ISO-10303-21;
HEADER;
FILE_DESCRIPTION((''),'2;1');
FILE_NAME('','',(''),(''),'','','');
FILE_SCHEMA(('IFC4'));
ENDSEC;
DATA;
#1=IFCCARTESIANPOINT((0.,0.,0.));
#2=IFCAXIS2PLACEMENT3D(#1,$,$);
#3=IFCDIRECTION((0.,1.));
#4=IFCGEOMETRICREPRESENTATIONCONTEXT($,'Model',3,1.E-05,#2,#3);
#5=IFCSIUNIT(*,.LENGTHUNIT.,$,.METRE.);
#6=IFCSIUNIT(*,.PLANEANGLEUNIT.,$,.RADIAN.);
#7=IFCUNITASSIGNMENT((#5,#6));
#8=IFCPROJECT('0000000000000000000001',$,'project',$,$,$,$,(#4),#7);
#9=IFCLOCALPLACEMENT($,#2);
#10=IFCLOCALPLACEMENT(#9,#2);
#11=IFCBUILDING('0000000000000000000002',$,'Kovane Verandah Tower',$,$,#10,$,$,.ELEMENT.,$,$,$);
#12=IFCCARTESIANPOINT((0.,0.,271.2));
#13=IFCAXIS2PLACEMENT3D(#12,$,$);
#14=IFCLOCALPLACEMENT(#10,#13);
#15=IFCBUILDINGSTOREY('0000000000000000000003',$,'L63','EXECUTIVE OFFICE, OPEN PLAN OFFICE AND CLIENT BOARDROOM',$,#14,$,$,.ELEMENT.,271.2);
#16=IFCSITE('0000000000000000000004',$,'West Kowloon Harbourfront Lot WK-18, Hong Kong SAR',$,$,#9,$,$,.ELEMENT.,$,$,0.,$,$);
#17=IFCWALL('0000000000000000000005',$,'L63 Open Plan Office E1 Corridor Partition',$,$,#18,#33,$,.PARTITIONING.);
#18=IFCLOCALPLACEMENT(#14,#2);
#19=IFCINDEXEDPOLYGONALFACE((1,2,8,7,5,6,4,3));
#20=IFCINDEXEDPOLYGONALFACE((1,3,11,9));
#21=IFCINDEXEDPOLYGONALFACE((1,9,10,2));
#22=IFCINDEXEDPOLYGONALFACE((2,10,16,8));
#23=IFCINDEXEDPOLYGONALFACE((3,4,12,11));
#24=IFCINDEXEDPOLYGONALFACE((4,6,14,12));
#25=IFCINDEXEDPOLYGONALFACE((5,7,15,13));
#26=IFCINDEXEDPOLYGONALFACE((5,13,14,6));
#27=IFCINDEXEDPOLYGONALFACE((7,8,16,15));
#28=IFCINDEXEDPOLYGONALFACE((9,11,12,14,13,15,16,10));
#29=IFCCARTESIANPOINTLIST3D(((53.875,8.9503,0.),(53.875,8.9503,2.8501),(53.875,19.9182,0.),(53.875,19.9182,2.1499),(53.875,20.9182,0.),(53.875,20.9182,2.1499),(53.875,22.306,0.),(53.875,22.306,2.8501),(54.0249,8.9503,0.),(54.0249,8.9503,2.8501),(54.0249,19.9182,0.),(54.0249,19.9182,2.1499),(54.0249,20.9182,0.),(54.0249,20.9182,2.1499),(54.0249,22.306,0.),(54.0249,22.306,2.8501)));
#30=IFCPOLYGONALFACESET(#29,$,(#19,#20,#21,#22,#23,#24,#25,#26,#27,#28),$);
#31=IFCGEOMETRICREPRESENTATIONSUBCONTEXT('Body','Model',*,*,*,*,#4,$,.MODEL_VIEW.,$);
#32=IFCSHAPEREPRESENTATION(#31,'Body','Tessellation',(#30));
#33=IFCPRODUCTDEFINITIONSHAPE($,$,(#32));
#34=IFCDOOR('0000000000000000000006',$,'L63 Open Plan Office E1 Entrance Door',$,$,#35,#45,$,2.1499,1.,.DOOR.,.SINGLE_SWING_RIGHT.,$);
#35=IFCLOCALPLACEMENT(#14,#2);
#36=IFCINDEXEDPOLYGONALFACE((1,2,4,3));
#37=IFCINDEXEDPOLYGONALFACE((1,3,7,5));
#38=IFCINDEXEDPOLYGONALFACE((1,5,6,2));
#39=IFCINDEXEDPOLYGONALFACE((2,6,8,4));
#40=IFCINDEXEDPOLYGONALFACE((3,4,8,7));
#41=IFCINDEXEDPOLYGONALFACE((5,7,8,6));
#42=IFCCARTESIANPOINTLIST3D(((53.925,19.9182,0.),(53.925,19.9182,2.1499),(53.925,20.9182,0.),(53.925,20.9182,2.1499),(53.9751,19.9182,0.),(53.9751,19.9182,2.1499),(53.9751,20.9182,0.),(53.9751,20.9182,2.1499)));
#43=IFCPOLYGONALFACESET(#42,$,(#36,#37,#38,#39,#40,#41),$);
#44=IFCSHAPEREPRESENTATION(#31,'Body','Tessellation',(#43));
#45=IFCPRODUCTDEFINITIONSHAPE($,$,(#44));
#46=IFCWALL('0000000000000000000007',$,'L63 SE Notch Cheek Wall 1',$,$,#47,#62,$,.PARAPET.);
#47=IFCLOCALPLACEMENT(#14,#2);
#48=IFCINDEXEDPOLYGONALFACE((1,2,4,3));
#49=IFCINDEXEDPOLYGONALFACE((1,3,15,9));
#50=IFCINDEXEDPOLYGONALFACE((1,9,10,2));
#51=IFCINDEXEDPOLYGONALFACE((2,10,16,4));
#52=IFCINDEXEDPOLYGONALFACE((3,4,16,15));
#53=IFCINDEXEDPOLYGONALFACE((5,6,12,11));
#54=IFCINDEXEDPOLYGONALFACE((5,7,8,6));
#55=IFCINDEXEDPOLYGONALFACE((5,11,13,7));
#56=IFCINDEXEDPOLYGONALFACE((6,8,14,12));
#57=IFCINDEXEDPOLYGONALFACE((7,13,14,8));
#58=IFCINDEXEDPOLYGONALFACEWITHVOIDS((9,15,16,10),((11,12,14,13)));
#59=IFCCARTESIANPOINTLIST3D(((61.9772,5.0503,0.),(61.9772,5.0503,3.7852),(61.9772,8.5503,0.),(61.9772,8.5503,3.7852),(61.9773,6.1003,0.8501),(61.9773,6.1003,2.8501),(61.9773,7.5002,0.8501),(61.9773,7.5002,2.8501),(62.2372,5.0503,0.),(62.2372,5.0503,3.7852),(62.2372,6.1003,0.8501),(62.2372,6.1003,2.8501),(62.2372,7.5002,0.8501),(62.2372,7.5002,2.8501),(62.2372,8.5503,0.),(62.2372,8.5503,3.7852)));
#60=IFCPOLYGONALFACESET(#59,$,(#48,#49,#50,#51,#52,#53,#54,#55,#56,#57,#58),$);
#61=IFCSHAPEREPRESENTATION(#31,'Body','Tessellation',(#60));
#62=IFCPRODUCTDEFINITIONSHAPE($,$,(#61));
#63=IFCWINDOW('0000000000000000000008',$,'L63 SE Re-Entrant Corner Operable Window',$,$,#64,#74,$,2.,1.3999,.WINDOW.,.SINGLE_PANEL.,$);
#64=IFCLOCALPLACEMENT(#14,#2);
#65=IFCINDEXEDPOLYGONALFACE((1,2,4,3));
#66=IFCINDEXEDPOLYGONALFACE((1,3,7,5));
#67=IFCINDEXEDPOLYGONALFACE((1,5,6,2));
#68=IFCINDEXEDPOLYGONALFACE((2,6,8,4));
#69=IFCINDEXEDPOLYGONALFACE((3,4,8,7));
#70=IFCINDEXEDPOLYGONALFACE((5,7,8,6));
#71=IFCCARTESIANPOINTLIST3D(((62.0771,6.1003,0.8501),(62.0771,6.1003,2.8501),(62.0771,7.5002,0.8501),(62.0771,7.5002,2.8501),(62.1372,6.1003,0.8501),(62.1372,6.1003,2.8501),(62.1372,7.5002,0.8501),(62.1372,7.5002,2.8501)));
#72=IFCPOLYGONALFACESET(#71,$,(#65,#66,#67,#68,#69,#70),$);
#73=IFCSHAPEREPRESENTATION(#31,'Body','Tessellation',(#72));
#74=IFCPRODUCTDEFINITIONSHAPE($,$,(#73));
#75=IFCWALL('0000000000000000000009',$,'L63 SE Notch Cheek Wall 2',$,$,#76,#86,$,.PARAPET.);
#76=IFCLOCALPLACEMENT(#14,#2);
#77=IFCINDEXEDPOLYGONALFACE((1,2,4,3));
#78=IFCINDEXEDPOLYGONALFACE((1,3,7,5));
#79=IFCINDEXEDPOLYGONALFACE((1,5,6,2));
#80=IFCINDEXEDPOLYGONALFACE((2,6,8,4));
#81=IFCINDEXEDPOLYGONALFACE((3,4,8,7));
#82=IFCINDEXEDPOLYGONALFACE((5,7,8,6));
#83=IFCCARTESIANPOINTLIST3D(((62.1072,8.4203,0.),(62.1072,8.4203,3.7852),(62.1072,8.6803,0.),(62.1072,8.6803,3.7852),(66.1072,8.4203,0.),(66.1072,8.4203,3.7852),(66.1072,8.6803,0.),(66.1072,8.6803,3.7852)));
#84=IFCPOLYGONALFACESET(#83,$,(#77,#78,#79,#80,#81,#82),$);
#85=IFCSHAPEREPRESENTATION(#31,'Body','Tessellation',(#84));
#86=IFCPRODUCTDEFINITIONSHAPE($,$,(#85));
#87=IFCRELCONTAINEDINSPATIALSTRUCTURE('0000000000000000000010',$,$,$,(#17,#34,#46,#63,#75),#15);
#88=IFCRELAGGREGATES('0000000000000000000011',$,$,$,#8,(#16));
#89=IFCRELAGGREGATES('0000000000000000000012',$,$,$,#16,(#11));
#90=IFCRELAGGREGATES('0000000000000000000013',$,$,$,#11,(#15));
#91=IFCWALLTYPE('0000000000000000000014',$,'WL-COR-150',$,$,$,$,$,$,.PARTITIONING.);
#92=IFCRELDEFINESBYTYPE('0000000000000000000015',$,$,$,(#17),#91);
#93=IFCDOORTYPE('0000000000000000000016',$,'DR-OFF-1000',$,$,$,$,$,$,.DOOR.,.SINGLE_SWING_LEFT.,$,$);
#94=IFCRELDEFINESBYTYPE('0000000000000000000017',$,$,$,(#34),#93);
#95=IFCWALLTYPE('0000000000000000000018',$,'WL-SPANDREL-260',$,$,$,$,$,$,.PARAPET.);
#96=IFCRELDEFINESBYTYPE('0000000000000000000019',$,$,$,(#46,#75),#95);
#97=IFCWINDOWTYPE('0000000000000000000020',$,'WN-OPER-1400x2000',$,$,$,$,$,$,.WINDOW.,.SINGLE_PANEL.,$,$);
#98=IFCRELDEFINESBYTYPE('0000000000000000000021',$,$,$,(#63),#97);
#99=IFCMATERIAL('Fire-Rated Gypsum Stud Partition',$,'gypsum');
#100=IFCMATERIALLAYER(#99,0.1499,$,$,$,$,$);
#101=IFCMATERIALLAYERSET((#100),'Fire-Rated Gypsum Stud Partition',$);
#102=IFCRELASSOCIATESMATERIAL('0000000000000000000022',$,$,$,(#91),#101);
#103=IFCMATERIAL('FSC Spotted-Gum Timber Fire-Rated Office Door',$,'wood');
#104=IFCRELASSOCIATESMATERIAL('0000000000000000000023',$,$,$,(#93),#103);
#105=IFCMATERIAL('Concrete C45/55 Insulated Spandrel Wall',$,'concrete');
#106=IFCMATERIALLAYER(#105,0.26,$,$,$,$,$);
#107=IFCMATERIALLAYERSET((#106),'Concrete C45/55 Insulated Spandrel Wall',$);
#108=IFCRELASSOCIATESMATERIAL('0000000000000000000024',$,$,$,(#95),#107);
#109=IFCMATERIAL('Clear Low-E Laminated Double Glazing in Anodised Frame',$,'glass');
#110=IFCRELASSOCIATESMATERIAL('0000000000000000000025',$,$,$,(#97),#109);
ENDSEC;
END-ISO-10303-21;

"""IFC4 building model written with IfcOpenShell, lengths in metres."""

from ifc_helpers import new_model, si_unit, direction, frame, frame_2d, origin, place, context, subcontext, project, spatial, rectangle, extrude, material, layer, layer_set, type_object, element, fill, save


model = new_model("IFC4")

# Units and contexts
model_context = context("Model", 3, precision=1e-05, world=origin(), true_north=direction((0.0, 1.0)))
body_context = subcontext(model_context, "Body", "Model", "MODEL_VIEW")
ifc_project = project(units=[si_unit("LENGTHUNIT", "METRE"), si_unit("PLANEANGLEUNIT", "RADIAN")], contexts=[model_context])

# Site, building, storey
site_placement = place(None, origin())
site = spatial("IfcSite", under=ifc_project, at=site_placement, Name="West Kowloon Harbourfront Lot WK-18, Hong Kong SAR", CompositionType="ELEMENT", RefElevation=0.0)
building_placement = place(site_placement, origin())
building = spatial("IfcBuilding", under=site, at=building_placement, Name="Kovane Verandah Tower", CompositionType="ELEMENT")
storey_placement = place(building_placement, frame((0.0, 0.0, 271.2)))
storey = spatial("IfcBuildingStorey", under=building, at=storey_placement, Name="L63", Description="EXECUTIVE OFFICE, OPEN PLAN OFFICE AND CLIENT BOARDROOM", CompositionType="ELEMENT", Elevation=271.2)

# Wall, opening, door
ifc_material_1 = material(Name="Fire-Rated Gypsum Stud Partition", Category="gypsum")
ifc_layer_1 = layer(ifc_material_1, 0.1499)
ifc_layer_set_1 = layer_set([ifc_layer_1], Name="Fire-Rated Gypsum Stud Partition")
wall_type_1 = type_object("IfcWallType", Name="WL-COR-150", PredefinedType="PARTITIONING", material=ifc_layer_set_1)
wall_1_placement = place(storey_placement, frame((53.95, 8.9504, 0.0), z_axis=(0.0, 0.0, 1.0), x_axis=(0.0, 1.0, 0.0)))
wall_1 = element("IfcWall", 1, at=wall_1_placement, inside=storey, type_object=wall_type_1, Name="L63 Open Plan Office E1 Corridor Partition", PredefinedType="PARTITIONING", context=body_context, shape_type="SweptSolid", body=[
    extrude(rectangle(XDim=13.3557, YDim=0.1499, at=frame_2d((6.6777, 0.0))), origin(), (0.0, 0.0, 1.0), 2.8501),
])
opening_1_placement = place(wall_1_placement, frame((10.9678, 0.0, 0.0)))
opening_1 = element("IfcOpeningElement", 2, at=opening_1_placement, cuts=wall_1, PredefinedType="OPENING", context=body_context, shape_type="SweptSolid", body=[
    extrude(rectangle(XDim=1.0, YDim=2.1499, at=frame_2d((0.5, 1.075))), frame((0.0, 0.075, 0.0), z_axis=(0.0, -1.0, 0.0), x_axis=(1.0, 0.0, 0.0)), (0.0, 0.0, 1.0), 0.1499),
])
ifc_material_2 = material(Name="FSC Spotted-Gum Timber Fire-Rated Office Door", Category="wood")
door_type_1 = type_object("IfcDoorType", Name="DR-OFF-1000", OperationType="SINGLE_SWING_LEFT", PredefinedType="DOOR", material=ifc_material_2)
door_1_placement = place(opening_1_placement, origin())
door_1 = element("IfcDoor", 3, at=door_1_placement, inside=storey, type_object=door_type_1, Name="L63 Open Plan Office E1 Entrance Door", OperationType="SINGLE_SWING_RIGHT", OverallHeight=2.1499, OverallWidth=1.0, PredefinedType="DOOR", context=body_context, shape_type="SweptSolid", body=[
    extrude(rectangle(XDim=1.0, YDim=2.1499, at=frame_2d((0.5, 1.075))), frame((0.0, 0.0249, 0.0), z_axis=(0.0, -1.0, 0.0), x_axis=(1.0, 0.0, 0.0)), (0.0, 0.0, 1.0), 0.05),
])
fill(opening_1, door_1)

# Shared definitions
ifc_material_3 = material(Name="Concrete C45/55 Insulated Spandrel Wall", Category="concrete")
ifc_layer_2 = layer(ifc_material_3, 0.26)
ifc_layer_set_2 = layer_set([ifc_layer_2], Name="Concrete C45/55 Insulated Spandrel Wall")
wall_type_2 = type_object("IfcWallType", Name="WL-SPANDREL-260", PredefinedType="PARAPET", material=ifc_layer_set_2)
ifc_material_4 = material(Name="Clear Low-E Laminated Double Glazing in Anodised Frame", Category="glass")

# Wall, opening, window
wall_2_placement = place(storey_placement, frame((62.1072, 5.0503, 0.0), z_axis=(0.0, 0.0, 1.0), x_axis=(0.0, 1.0, 0.0)))
wall_2 = element("IfcWall", 4, at=wall_2_placement, inside=storey, type_object=wall_type_2, Name="L63 SE Notch Cheek Wall 1", PredefinedType="PARAPET", context=body_context, shape_type="SweptSolid", body=[
    extrude(rectangle(XDim=3.5, YDim=0.26, at=frame_2d((1.75, 0.0))), origin(), (0.0, 0.0, 1.0), 3.7852),
])
opening_2_placement = place(wall_2_placement, frame((1.05, 0.0, 0.8501)))
opening_2 = element("IfcOpeningElement", 5, at=opening_2_placement, cuts=wall_2, PredefinedType="OPENING", context=body_context, shape_type="SweptSolid", body=[
    extrude(rectangle(XDim=1.3999, YDim=2.0, at=frame_2d((0.7, 1.0))), frame((0.0, 0.1299, 0.0), z_axis=(0.0, -1.0, 0.0), x_axis=(1.0, 0.0, 0.0)), (0.0, 0.0, 1.0), 0.26),
])
window_type_1 = type_object("IfcWindowType", Name="WN-OPER-1400x2000", PartitioningType="SINGLE_PANEL", PredefinedType="WINDOW", material=ifc_material_4)
window_1_placement = place(opening_2_placement, origin())
window_1 = element("IfcWindow", 6, at=window_1_placement, inside=storey, type_object=window_type_1, Name="L63 SE Re-Entrant Corner Operable Window", OverallHeight=2.0, OverallWidth=1.3999, PartitioningType="SINGLE_PANEL", PredefinedType="WINDOW", context=body_context, shape_type="SweptSolid", body=[
    extrude(rectangle(XDim=1.3999, YDim=2.0, at=frame_2d((0.7, 1.0))), frame((0.0, 0.03, 0.0), z_axis=(0.0, -1.0, 0.0), x_axis=(1.0, 0.0, 0.0)), (0.0, 0.0, 1.0), 0.0601),
])
fill(opening_2, window_1)

# Wall
wall_3_placement = place(storey_placement, frame((62.1072, 8.5503, 0.0), z_axis=(0.0, 0.0, 1.0), x_axis=(1.0, 0.0, 0.0)))
element("IfcWall", 7, at=wall_3_placement, inside=storey, type_object=wall_type_2, Name="L63 SE Notch Cheek Wall 2", PredefinedType="PARAPET", context=body_context, shape_type="SweptSolid", body=[
    extrude(rectangle(XDim=4.0, YDim=0.26, at=frame_2d((2.0, 0.0))), origin(), (0.0, 0.0, 1.0), 3.7852),
])

save(model, "model.ifc")
